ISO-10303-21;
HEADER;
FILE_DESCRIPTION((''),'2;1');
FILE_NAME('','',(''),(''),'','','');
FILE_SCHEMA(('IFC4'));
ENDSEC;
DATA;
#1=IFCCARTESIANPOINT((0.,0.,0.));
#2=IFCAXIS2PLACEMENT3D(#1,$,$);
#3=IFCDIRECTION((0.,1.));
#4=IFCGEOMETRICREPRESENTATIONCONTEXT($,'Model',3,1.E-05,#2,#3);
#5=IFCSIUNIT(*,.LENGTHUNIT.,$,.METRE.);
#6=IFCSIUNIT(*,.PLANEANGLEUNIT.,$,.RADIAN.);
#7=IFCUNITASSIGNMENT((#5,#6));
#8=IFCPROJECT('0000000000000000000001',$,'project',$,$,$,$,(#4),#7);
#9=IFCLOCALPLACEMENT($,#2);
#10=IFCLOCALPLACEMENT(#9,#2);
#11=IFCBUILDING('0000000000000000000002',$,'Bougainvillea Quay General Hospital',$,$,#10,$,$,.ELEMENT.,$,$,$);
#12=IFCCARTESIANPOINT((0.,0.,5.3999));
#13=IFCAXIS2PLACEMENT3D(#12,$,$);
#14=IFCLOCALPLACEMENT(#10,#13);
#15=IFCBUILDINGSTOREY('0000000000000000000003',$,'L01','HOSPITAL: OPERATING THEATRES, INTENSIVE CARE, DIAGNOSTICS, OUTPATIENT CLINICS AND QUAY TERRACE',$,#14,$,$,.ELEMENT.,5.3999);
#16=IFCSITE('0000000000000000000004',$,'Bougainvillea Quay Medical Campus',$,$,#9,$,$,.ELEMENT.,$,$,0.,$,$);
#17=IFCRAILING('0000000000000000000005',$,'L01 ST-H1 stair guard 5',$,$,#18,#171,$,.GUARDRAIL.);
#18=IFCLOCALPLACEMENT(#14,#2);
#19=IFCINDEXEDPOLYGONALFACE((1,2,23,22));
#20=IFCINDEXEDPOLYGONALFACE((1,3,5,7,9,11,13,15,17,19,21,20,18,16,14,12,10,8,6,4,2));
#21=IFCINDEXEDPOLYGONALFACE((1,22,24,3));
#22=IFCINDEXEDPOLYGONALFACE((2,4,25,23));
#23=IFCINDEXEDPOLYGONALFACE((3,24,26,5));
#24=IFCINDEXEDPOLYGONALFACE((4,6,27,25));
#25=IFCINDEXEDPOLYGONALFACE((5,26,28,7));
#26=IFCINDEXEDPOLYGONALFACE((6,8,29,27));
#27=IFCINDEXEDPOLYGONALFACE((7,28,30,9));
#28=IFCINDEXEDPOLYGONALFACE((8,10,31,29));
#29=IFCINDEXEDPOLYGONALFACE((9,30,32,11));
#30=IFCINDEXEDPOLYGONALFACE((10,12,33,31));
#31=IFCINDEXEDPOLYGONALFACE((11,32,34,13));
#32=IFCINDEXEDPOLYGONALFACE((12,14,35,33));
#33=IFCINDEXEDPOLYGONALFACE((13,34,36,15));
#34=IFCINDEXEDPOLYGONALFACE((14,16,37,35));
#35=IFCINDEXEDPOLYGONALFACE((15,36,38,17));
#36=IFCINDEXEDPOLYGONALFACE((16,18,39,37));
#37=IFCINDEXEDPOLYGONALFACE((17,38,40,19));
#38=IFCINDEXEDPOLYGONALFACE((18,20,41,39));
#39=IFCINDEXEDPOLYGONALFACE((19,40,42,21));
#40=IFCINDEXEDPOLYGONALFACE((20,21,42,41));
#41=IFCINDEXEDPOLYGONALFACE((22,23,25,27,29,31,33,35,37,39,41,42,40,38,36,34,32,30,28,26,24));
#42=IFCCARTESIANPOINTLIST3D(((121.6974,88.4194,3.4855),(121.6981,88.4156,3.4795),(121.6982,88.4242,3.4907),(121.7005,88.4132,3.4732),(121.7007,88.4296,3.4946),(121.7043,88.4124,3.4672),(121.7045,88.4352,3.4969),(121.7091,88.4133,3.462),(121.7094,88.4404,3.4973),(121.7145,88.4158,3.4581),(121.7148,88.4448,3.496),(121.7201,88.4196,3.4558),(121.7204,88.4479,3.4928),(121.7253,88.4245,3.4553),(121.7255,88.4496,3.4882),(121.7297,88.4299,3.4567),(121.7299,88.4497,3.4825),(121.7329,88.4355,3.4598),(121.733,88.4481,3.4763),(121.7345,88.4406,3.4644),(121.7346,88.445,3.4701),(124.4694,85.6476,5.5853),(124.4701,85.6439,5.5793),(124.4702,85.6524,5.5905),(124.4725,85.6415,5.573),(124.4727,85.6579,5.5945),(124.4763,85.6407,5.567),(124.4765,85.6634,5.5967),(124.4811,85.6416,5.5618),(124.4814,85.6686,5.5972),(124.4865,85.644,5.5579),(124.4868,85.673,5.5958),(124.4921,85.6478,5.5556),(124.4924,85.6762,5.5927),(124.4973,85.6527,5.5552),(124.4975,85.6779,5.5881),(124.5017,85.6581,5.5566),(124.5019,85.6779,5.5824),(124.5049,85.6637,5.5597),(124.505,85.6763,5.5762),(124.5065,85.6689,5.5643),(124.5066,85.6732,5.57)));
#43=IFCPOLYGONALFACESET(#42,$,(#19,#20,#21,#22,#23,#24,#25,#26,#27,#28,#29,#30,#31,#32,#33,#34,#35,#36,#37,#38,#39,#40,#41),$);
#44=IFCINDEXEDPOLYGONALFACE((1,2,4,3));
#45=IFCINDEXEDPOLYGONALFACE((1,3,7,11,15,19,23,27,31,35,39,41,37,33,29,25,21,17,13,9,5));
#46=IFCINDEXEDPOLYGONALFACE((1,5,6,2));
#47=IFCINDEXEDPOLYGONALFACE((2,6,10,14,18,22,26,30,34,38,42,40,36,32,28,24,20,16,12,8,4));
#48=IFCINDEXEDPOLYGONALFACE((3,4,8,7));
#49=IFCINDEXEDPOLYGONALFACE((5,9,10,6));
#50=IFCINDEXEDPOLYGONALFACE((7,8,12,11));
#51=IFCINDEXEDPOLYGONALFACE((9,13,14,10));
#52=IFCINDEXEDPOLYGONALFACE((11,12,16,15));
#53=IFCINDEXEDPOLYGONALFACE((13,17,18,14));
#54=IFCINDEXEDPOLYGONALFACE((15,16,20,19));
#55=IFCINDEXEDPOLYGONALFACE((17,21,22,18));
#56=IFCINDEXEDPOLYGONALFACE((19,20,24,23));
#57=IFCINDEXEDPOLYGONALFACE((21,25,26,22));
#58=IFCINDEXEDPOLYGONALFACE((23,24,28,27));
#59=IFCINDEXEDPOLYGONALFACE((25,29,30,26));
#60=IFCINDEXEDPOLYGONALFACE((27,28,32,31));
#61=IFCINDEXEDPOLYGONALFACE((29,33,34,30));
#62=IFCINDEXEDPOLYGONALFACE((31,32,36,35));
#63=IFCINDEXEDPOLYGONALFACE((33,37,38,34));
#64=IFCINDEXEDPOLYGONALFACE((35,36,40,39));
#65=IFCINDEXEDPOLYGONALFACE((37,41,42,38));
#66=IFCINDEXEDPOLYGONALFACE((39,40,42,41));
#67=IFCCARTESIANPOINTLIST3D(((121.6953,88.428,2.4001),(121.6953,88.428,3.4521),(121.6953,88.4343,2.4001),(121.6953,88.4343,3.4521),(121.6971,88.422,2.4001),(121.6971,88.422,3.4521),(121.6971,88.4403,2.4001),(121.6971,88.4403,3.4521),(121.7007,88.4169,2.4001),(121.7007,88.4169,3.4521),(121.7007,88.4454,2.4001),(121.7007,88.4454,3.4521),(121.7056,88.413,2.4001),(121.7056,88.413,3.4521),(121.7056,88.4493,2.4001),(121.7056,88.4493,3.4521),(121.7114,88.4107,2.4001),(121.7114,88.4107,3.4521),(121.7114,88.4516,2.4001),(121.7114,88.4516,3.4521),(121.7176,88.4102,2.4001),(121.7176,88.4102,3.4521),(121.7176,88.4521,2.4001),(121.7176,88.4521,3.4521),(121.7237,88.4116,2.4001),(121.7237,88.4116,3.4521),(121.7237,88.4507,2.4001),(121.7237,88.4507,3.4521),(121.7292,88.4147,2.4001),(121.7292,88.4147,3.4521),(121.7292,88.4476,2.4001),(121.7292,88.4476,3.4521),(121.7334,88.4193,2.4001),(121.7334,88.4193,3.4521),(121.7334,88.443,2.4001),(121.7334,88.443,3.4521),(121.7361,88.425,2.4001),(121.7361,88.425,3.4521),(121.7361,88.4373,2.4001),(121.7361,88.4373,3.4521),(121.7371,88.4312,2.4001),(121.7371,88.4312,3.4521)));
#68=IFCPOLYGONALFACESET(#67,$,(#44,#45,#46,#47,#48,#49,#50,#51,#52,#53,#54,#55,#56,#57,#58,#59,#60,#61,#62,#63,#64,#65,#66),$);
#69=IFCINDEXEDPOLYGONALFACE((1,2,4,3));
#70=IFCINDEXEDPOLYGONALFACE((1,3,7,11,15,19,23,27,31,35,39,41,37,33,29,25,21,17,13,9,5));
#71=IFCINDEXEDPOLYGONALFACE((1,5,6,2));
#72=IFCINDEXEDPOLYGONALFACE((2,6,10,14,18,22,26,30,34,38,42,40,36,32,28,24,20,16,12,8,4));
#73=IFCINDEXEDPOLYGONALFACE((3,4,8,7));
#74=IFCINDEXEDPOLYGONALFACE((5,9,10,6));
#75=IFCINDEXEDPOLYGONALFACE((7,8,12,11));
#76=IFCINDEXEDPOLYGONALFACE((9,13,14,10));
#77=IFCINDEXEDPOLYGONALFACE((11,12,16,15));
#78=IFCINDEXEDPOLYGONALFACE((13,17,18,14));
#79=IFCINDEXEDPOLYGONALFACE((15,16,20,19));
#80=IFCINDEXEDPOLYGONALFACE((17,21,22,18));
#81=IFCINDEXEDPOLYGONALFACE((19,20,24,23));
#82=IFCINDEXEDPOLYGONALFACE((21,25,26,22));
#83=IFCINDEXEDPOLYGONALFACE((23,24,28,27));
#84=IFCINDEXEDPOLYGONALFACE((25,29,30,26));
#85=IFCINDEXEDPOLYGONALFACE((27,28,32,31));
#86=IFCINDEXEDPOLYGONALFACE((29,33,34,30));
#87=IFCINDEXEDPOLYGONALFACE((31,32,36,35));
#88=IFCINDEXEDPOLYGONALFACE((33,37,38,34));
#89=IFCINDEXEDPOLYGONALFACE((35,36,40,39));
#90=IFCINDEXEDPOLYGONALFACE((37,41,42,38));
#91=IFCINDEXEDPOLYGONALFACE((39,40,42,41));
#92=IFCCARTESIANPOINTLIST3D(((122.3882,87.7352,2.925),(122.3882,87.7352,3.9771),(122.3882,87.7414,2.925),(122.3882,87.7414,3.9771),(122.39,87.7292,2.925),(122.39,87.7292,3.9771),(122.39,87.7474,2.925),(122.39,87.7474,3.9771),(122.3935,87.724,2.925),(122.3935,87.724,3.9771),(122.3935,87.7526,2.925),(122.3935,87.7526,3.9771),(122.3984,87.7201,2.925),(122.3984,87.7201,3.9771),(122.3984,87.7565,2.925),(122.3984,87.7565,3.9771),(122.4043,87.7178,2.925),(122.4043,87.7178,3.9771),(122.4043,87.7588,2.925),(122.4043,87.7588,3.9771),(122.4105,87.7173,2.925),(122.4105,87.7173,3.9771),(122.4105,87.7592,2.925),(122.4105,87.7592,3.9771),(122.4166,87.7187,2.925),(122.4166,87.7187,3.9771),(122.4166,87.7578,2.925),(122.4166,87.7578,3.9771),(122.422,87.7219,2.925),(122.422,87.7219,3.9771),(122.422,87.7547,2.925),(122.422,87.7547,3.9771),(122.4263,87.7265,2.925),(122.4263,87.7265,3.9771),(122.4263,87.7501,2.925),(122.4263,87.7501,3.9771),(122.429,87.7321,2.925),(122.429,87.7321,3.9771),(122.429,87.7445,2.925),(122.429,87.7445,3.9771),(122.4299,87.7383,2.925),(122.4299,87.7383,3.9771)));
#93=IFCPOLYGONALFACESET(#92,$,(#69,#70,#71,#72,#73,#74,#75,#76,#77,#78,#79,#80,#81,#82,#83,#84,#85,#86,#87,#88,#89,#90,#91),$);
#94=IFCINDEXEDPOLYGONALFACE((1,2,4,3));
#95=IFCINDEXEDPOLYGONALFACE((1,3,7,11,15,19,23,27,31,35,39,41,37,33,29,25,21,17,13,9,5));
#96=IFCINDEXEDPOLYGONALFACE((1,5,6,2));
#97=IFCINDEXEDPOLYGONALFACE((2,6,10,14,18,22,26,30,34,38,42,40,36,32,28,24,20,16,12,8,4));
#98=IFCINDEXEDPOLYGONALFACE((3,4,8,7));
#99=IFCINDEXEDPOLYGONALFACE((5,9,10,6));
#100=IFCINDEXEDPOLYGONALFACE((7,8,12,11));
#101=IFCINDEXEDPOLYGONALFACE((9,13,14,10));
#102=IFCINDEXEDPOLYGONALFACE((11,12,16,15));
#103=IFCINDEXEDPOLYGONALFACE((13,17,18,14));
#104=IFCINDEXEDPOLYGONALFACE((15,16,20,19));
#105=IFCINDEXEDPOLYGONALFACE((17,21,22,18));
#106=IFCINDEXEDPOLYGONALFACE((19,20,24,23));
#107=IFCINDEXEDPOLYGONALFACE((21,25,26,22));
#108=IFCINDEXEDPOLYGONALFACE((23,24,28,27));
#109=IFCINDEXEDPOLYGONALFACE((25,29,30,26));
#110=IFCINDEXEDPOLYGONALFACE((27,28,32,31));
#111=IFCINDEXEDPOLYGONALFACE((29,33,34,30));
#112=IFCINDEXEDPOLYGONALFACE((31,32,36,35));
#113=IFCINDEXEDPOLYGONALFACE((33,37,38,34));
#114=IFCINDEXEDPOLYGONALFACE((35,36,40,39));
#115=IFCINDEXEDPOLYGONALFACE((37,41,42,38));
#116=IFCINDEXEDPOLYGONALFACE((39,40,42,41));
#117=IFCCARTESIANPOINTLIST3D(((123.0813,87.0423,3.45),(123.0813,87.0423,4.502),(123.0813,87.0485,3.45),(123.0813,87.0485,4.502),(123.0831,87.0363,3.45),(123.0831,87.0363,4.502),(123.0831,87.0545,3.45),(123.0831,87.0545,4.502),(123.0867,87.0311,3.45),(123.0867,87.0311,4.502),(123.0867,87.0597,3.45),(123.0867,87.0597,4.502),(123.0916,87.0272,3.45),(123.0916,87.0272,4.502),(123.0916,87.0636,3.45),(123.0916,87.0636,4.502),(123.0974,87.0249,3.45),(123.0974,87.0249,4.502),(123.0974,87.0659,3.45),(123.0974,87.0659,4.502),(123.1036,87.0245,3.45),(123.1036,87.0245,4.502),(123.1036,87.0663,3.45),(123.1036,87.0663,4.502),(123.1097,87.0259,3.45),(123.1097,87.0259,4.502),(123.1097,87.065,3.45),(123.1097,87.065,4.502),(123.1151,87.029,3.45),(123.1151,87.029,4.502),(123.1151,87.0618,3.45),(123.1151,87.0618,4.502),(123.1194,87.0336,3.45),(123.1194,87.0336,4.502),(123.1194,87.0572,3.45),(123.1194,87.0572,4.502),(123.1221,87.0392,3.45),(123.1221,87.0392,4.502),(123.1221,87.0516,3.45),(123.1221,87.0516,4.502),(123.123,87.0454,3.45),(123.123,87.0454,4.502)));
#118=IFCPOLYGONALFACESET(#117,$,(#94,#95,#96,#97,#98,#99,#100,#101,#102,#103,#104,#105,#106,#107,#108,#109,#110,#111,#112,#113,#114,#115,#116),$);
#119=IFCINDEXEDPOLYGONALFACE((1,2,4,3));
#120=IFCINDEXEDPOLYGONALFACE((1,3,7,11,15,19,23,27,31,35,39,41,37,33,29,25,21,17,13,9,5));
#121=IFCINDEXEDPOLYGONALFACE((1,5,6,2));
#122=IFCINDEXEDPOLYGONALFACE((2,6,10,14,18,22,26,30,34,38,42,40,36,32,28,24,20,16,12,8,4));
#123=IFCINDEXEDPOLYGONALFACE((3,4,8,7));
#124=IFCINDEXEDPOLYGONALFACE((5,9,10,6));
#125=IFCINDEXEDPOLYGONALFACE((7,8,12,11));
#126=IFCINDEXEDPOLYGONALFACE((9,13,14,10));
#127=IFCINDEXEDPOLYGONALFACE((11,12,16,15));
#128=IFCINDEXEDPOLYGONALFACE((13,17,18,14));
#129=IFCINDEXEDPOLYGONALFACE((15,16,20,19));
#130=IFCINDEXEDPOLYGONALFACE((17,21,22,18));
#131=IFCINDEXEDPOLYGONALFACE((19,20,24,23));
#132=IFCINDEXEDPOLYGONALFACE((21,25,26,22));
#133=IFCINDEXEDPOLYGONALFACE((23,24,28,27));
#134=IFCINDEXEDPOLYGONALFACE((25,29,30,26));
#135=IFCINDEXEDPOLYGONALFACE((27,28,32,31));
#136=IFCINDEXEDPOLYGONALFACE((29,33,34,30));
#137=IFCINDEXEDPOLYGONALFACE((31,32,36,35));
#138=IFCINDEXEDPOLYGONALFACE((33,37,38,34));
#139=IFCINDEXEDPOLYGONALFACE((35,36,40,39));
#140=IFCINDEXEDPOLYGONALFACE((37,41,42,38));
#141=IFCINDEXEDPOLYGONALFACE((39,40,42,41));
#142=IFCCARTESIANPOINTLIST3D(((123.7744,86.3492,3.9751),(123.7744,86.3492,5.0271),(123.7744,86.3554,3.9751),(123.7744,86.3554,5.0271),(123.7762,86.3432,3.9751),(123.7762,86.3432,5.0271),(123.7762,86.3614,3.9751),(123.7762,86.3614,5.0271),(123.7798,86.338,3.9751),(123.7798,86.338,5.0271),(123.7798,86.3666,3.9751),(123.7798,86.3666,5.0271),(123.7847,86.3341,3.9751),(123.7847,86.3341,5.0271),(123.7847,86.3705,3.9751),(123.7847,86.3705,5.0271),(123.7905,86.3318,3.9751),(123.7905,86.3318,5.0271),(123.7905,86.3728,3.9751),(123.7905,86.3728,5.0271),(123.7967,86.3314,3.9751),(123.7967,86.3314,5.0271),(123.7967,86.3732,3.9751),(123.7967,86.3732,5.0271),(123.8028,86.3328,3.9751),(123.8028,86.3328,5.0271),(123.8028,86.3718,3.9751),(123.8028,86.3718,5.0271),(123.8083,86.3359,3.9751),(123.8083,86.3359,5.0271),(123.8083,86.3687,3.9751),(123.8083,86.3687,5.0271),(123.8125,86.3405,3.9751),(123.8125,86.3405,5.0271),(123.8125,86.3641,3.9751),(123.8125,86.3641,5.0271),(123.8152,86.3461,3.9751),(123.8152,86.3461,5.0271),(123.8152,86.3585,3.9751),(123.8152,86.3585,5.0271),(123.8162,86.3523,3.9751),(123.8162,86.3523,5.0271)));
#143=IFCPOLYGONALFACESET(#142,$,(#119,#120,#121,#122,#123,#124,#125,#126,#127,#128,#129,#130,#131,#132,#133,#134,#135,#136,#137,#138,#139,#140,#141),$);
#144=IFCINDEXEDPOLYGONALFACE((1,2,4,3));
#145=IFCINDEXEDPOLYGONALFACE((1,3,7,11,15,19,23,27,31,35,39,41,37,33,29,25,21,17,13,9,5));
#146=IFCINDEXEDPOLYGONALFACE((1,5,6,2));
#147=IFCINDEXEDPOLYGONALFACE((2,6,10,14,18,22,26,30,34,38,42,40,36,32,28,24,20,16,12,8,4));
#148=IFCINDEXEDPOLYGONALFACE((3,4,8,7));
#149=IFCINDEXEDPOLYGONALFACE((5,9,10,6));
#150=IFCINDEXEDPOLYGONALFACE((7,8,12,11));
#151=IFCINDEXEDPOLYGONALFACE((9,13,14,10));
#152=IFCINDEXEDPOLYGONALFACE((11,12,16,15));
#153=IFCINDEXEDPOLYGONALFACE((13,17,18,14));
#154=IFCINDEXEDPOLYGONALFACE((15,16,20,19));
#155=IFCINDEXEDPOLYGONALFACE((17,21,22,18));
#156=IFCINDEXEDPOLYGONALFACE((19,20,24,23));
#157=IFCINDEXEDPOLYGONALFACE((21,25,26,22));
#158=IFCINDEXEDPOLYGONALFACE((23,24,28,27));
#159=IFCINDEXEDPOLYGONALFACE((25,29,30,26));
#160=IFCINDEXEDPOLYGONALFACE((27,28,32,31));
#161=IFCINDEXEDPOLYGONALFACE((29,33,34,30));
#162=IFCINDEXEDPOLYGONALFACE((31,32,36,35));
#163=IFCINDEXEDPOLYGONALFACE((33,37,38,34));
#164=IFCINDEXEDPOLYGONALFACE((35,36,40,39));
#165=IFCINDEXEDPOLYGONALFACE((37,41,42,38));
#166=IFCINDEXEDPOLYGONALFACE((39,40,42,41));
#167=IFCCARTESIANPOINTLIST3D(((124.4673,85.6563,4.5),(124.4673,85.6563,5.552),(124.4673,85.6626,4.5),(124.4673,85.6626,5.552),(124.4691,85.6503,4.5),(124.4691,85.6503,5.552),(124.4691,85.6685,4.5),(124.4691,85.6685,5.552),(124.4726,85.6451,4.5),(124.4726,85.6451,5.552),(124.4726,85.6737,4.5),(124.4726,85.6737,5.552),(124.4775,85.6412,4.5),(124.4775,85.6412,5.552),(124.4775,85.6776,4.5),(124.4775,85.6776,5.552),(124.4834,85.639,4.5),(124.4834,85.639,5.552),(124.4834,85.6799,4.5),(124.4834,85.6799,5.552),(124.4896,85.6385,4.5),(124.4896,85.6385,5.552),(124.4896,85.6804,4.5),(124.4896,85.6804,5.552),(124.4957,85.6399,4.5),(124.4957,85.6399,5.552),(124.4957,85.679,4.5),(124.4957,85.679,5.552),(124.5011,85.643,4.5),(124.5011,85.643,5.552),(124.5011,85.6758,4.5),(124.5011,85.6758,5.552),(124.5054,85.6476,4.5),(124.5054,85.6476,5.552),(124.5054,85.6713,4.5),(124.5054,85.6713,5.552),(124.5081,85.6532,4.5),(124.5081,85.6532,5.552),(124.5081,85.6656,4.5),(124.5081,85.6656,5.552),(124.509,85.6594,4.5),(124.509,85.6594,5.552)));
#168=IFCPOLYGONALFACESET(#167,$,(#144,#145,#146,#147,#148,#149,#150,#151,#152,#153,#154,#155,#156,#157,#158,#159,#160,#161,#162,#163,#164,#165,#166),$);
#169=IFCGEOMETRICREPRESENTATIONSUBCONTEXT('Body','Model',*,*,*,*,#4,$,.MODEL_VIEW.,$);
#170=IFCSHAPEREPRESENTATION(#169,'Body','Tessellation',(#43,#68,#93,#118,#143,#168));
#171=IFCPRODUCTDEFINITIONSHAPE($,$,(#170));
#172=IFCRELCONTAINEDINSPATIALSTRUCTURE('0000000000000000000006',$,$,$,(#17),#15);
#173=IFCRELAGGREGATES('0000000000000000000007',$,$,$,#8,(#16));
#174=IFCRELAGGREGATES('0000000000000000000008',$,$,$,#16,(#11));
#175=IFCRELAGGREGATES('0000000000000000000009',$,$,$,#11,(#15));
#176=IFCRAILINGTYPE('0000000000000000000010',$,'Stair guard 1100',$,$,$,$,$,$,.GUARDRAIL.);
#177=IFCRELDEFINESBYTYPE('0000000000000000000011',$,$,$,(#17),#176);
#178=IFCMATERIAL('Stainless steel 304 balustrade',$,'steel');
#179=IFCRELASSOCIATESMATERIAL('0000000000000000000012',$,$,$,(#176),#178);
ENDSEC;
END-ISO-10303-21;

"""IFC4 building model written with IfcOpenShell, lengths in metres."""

from ifc_helpers import new_model, si_unit, direction, frame, origin, origin_2d, place, context, subcontext, project, spatial, circle, extrude, material, type_object, element, save


model = new_model("IFC4")

# Units and contexts
model_context = context("Model", 3, precision=1e-05, world=origin(), true_north=direction((0.0, 1.0)))
body_context = subcontext(model_context, "Body", "Model", "MODEL_VIEW")
ifc_project = project(units=[si_unit("LENGTHUNIT", "METRE"), si_unit("PLANEANGLEUNIT", "RADIAN")], contexts=[model_context])

# Site, building, storey
site_placement = place(None, origin())
site = spatial("IfcSite", under=ifc_project, at=site_placement, Name="Bougainvillea Quay Medical Campus", CompositionType="ELEMENT", RefElevation=0.0)
building_placement = place(site_placement, origin())
building = spatial("IfcBuilding", under=site, at=building_placement, Name="Bougainvillea Quay General Hospital", CompositionType="ELEMENT")
storey_placement = place(building_placement, frame((0.0, 0.0, 5.3999)))
storey = spatial("IfcBuildingStorey", under=building, at=storey_placement, Name="L01", Description="HOSPITAL: OPERATING THEATRES, INTENSIVE CARE, DIAGNOSTICS, OUTPATIENT CLINICS AND QUAY TERRACE", CompositionType="ELEMENT", Elevation=5.3999)

# Railing
ifc_material_1 = material(Name="Stainless steel 304 balustrade", Category="steel")
railing_type_1 = type_object("IfcRailingType", Name="Stair guard 1100", PredefinedType="GUARDRAIL", material=ifc_material_1)
railing_1_placement = place(storey_placement, frame((121.7161, 88.4312, 2.4001)))
element("IfcRailing", 1, at=railing_1_placement, inside=storey, type_object=railing_type_1, Name="L01 ST-H1 stair guard 5", PredefinedType="GUARDRAIL", context=body_context, shape_type="SweptSolid", body=[
    extrude(circle(Radius=0.0239, at=origin_2d()), frame((0.0, 0.0, 1.0762), z_axis=(0.623337, -0.623282, 0.472197), x_axis=(0.707076, 0.707138, 0.0)), (0.0, 0.0, 1.0), 4.447),
    extrude(circle(Radius=0.021, at=origin_2d()), origin(), (0.0, 0.0, 1.0), 1.052),
    extrude(circle(Radius=0.021, at=origin_2d()), frame((0.6929, -0.6929, 0.5249)), (0.0, 0.0, 1.0), 1.052),
    extrude(circle(Radius=0.021, at=origin_2d()), frame((1.386, -1.3857, 1.0498)), (0.0, 0.0, 1.0), 1.052),
    extrude(circle(Radius=0.021, at=origin_2d()), frame((2.0791, -2.0789, 1.575)), (0.0, 0.0, 1.0), 1.052),
    extrude(circle(Radius=0.021, at=origin_2d()), frame((2.772, -2.7717, 2.0999)), (0.0, 0.0, 1.0), 1.052),
])

save(model, "model.ifc")
